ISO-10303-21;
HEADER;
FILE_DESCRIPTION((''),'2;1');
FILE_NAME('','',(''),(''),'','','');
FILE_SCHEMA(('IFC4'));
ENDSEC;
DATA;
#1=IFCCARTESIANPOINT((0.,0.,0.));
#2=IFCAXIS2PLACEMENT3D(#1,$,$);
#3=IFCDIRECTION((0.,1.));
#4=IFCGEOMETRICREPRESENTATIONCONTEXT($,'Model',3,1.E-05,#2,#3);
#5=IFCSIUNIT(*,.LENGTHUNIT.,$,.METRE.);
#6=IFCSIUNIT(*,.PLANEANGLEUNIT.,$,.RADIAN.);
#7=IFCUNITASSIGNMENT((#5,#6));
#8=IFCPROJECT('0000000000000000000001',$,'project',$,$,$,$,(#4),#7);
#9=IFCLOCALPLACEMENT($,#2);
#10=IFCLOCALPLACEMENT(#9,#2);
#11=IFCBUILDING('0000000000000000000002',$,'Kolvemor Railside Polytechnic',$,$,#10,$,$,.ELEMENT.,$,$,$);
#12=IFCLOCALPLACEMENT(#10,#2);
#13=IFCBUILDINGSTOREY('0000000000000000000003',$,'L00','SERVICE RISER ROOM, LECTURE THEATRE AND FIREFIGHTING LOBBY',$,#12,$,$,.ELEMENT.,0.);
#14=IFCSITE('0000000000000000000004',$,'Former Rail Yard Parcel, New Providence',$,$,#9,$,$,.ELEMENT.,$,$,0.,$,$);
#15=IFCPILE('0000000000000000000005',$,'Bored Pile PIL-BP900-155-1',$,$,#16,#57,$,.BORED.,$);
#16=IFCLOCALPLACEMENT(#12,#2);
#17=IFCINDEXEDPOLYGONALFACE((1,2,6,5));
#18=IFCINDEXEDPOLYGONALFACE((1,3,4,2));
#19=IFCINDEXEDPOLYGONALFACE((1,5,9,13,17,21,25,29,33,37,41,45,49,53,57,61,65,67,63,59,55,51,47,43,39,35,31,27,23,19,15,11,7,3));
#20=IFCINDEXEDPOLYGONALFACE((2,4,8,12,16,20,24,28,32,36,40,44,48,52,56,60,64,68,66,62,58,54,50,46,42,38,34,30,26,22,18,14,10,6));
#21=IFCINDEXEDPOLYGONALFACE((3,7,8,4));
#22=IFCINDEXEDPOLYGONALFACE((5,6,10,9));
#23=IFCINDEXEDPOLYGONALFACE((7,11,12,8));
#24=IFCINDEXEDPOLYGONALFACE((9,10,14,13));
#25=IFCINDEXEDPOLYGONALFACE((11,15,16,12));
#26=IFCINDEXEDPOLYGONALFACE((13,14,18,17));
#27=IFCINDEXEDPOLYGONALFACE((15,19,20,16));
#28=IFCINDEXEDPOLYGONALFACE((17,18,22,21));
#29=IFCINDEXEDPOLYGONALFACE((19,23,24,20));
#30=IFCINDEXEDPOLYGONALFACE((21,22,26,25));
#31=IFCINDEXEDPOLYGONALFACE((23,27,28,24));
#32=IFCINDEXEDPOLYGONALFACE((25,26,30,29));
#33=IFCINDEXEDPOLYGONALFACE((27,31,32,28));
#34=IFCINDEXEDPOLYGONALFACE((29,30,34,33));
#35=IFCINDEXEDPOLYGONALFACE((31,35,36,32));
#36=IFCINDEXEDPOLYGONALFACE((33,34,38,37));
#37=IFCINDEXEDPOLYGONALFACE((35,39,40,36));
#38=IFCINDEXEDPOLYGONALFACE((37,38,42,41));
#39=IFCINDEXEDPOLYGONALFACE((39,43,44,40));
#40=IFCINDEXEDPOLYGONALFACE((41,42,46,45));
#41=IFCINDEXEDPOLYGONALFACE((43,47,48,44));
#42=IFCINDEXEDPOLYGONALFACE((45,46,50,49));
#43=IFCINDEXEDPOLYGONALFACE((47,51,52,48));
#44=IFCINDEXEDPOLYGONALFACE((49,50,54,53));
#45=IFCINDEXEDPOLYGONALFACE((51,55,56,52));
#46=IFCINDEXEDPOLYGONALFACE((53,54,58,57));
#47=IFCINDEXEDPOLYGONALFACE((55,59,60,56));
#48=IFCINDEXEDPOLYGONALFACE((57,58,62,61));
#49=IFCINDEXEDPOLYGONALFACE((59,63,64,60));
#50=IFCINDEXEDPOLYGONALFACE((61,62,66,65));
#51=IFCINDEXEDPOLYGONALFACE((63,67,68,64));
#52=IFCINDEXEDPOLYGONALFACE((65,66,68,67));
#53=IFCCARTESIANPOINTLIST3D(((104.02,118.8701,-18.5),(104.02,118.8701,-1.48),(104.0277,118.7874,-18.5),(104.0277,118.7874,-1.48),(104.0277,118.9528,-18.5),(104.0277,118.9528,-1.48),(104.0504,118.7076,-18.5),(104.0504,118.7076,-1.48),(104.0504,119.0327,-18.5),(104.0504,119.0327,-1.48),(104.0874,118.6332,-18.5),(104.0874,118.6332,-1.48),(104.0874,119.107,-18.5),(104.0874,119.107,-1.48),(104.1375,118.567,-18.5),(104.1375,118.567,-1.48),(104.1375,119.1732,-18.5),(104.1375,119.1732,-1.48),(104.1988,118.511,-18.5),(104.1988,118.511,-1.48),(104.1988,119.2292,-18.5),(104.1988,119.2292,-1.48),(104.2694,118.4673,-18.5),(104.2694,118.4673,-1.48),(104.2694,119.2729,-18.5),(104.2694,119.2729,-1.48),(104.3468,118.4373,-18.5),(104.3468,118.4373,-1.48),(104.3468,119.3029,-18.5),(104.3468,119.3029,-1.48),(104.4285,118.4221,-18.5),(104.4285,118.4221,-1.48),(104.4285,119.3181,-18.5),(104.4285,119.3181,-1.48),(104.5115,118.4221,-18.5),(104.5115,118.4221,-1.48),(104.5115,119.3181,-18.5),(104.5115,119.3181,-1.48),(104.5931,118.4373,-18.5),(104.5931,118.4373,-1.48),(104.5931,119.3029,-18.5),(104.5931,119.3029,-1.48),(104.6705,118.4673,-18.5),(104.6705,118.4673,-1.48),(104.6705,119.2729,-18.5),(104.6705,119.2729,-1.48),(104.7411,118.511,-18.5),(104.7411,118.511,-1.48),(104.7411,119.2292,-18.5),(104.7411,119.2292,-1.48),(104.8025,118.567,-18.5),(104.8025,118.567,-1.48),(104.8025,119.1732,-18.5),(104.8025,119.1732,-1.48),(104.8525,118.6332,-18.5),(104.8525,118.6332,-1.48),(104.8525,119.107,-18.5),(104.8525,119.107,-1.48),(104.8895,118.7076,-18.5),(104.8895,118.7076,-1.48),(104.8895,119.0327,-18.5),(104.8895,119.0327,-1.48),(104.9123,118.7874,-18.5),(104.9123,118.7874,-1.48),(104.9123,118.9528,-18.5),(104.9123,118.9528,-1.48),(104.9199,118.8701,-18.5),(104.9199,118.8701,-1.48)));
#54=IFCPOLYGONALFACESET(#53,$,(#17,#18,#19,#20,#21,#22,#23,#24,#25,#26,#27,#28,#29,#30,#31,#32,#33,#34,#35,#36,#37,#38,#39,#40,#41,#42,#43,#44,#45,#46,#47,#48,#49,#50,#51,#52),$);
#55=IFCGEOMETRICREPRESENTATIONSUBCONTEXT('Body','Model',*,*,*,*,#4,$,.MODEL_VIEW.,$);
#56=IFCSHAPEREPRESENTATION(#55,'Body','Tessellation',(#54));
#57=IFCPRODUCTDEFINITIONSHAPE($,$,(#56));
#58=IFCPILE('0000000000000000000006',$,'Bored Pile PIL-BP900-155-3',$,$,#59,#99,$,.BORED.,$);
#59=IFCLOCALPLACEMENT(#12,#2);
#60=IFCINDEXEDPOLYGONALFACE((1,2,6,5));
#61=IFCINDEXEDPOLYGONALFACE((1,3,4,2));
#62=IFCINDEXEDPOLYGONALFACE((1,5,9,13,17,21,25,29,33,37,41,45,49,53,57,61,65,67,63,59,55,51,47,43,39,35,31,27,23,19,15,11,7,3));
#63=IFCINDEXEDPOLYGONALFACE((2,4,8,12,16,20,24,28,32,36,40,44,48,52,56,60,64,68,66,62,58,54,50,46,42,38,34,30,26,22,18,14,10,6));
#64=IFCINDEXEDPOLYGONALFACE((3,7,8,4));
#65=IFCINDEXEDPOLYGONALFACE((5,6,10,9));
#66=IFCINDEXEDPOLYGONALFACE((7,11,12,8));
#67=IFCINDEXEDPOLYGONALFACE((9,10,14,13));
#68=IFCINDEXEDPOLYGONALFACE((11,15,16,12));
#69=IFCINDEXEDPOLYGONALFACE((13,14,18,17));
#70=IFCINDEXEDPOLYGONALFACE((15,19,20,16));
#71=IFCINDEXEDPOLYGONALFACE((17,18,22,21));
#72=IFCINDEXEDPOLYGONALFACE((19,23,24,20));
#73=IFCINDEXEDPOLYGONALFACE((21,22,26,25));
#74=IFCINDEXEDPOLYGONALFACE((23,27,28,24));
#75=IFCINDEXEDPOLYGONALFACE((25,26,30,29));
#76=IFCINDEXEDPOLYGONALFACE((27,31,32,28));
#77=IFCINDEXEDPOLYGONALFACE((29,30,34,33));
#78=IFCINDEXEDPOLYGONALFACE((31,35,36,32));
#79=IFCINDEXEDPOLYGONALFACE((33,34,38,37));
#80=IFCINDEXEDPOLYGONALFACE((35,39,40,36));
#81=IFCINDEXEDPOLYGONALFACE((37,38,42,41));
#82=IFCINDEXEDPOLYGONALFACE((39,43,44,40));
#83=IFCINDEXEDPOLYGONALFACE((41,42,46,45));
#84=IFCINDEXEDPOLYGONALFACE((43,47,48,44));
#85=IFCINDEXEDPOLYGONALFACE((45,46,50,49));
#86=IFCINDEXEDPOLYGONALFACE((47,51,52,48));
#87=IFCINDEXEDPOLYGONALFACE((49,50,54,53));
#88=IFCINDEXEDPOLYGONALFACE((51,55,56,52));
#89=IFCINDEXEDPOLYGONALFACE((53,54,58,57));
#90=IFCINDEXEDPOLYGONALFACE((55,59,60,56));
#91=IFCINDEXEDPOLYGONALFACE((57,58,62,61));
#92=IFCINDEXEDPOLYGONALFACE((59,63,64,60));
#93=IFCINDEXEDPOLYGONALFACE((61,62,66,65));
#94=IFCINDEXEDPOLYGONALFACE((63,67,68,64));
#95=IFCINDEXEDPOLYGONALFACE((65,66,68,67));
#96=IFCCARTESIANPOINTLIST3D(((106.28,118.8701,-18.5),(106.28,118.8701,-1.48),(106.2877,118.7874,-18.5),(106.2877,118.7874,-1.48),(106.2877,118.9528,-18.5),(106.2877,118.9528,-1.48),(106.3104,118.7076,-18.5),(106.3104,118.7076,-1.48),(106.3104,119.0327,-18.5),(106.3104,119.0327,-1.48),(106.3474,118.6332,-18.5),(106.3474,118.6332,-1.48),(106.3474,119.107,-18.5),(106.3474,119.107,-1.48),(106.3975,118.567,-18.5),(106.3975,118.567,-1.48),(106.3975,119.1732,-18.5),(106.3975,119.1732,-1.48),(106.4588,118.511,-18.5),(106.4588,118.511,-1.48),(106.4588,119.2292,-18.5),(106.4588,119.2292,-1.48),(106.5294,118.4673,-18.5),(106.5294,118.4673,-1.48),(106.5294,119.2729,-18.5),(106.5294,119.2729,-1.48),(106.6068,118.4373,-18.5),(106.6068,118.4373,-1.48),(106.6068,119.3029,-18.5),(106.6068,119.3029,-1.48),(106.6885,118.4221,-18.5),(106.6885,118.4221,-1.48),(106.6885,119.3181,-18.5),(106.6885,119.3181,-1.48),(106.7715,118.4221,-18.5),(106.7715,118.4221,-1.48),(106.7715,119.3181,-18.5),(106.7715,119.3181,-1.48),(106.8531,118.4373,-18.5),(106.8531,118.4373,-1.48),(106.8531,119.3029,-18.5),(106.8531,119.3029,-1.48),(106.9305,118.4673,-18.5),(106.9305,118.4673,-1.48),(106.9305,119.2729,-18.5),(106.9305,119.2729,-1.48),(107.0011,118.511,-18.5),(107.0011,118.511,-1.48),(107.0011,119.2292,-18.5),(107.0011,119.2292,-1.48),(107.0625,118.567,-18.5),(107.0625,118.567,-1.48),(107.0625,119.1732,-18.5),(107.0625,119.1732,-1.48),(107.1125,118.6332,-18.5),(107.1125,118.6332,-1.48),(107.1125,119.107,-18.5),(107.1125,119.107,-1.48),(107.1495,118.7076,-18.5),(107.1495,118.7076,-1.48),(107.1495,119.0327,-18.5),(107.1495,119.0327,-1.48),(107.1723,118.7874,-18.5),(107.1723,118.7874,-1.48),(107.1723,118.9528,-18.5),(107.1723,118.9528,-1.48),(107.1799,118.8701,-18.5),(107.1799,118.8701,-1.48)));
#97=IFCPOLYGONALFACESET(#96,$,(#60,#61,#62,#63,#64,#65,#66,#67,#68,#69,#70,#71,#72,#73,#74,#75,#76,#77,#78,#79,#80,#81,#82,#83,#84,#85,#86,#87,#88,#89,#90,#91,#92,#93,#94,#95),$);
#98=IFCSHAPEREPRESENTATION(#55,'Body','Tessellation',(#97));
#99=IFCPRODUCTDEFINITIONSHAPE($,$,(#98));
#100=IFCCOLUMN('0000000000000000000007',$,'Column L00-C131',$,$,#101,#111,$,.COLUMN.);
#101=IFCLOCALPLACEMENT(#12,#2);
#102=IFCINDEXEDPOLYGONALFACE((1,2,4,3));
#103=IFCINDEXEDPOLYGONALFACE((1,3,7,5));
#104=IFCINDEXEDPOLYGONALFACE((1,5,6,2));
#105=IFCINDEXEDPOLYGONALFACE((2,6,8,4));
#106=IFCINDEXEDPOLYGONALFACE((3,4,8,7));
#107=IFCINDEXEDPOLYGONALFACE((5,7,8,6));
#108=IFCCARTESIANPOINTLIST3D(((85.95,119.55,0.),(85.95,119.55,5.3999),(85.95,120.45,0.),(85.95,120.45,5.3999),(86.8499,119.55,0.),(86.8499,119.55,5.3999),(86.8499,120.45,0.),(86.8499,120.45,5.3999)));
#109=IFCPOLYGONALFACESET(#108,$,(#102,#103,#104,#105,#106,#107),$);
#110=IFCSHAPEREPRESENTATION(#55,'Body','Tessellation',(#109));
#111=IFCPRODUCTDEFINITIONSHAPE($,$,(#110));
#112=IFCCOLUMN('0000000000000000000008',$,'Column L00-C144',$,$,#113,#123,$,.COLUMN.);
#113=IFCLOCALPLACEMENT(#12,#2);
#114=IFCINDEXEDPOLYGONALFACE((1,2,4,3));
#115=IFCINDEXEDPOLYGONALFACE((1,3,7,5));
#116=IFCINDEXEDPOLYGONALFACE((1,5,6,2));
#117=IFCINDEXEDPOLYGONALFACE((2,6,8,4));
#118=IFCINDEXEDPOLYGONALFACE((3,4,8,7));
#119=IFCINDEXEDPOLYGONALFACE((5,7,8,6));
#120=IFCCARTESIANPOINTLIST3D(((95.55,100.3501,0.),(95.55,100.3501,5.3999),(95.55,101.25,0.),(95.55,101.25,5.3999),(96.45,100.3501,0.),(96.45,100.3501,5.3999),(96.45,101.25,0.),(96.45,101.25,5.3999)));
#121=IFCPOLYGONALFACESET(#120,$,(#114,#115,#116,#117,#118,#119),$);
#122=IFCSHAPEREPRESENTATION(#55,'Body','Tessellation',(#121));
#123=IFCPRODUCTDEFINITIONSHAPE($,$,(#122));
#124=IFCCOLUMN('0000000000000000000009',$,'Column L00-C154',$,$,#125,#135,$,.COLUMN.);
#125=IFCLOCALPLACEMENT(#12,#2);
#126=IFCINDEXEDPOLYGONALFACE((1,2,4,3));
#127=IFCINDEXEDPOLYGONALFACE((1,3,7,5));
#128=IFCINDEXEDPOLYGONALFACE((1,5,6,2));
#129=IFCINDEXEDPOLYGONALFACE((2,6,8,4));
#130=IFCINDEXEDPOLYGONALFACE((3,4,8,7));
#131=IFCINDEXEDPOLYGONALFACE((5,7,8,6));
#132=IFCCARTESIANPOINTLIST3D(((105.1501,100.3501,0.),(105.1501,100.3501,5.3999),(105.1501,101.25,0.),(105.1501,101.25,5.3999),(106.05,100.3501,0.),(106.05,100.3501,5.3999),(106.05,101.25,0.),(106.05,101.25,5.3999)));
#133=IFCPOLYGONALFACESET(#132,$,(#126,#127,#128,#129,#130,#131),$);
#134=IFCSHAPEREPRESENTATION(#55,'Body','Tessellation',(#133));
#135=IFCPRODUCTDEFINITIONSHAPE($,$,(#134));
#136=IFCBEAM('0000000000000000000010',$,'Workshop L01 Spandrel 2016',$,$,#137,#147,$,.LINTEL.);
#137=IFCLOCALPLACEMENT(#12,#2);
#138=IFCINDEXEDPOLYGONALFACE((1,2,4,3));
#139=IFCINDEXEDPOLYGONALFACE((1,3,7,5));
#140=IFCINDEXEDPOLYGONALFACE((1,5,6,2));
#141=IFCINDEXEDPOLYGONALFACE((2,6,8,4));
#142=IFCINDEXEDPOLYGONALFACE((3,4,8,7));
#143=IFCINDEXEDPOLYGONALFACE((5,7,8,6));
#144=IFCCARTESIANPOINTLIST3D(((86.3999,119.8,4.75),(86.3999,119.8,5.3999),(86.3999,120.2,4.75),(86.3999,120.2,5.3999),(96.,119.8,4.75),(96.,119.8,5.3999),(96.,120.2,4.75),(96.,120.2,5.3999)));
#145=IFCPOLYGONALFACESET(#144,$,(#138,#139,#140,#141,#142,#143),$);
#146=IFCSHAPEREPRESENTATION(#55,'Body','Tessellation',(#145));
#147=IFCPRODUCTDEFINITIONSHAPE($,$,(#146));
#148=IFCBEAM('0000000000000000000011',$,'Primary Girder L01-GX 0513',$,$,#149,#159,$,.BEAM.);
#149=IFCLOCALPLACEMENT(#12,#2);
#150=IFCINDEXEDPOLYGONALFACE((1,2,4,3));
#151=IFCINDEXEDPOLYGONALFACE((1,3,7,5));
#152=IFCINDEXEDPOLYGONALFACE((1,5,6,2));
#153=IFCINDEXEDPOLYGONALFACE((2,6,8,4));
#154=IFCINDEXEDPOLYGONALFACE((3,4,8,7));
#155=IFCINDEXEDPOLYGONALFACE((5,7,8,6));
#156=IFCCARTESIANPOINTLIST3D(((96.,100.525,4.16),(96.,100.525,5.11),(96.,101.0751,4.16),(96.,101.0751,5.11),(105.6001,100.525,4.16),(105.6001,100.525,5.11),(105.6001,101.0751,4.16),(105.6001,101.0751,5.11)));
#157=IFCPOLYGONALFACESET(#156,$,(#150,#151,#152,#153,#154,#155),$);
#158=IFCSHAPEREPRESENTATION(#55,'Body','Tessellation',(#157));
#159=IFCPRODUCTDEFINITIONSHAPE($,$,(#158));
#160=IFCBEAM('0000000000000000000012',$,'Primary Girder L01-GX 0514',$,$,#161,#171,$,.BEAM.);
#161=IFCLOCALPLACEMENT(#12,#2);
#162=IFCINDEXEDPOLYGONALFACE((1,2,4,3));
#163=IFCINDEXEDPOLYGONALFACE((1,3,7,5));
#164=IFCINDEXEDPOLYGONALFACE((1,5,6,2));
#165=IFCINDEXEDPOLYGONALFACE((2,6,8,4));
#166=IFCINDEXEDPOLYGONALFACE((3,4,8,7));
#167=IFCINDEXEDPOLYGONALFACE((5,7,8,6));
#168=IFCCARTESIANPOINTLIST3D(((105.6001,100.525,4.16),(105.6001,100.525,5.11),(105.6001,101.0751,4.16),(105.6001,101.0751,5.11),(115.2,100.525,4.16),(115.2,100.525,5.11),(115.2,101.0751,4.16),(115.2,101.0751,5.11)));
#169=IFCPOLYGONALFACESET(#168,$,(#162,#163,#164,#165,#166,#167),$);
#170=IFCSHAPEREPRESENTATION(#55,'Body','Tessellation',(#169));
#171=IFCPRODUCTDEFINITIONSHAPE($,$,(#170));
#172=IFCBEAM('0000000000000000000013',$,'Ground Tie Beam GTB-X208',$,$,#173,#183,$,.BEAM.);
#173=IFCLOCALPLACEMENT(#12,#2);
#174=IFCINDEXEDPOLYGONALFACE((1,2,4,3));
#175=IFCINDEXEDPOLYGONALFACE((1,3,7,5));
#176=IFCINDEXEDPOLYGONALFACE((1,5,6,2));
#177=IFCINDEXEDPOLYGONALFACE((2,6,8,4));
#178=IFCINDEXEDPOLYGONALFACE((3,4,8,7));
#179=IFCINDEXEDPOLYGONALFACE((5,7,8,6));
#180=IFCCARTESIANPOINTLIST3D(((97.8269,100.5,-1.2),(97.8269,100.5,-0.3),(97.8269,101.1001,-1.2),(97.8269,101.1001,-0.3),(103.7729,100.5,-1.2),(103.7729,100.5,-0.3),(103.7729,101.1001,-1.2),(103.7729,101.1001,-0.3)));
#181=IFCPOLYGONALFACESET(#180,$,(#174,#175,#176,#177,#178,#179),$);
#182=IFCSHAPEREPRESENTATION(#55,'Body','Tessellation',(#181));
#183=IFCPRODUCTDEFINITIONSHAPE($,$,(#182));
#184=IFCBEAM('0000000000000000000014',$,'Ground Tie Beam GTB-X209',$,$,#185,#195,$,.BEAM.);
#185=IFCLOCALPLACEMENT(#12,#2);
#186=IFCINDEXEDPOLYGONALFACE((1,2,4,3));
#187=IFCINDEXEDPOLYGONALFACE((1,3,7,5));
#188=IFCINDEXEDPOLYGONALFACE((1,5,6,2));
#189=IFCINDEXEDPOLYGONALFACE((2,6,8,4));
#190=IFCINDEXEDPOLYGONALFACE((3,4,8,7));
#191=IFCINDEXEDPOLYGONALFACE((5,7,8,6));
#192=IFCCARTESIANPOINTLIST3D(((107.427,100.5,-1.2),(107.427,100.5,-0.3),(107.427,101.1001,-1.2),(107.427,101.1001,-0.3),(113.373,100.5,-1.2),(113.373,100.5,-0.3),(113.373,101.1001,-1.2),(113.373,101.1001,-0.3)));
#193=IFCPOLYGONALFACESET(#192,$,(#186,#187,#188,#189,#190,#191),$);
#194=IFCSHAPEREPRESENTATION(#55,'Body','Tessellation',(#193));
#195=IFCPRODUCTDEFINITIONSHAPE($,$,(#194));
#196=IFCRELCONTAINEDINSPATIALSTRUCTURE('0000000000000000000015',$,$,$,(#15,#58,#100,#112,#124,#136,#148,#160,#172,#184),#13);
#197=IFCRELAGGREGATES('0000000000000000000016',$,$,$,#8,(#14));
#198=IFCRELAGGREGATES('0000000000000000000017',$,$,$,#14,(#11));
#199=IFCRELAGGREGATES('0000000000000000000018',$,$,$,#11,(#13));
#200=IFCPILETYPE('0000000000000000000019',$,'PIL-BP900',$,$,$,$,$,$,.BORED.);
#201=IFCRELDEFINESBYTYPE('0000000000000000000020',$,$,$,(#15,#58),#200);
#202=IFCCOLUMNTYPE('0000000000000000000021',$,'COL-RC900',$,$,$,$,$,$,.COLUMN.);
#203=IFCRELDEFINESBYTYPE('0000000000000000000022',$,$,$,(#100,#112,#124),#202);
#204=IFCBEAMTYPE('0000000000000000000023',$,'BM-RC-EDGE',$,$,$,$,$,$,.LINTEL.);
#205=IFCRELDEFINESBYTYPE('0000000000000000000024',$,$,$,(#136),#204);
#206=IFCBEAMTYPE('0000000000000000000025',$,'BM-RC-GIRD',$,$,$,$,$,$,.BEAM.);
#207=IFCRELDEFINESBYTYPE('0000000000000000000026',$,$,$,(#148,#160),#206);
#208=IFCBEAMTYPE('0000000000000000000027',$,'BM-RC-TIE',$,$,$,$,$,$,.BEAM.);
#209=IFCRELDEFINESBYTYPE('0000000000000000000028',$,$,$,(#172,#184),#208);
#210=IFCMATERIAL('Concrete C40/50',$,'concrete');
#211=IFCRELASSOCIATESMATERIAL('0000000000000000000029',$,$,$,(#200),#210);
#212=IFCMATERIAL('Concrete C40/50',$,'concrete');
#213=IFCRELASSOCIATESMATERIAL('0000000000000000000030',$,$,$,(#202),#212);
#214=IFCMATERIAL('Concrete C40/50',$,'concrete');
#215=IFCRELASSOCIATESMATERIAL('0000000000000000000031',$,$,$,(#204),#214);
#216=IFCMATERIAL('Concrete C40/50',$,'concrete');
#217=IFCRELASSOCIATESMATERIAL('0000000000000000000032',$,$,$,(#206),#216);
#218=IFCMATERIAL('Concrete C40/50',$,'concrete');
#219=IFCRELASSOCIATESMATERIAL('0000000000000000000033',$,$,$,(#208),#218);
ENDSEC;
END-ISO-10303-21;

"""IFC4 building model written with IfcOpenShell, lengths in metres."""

from ifc_helpers import new_model, si_unit, direction, frame, origin, origin_2d, place, context, subcontext, project, spatial, rectangle, circle, extrude, material, material_profile, profile_set, type_object, element, save


model = new_model("IFC4")

# Units and contexts
model_context = context("Model", 3, precision=1e-05, world=origin(), true_north=direction((0.0, 1.0)))
body_context = subcontext(model_context, "Body", "Model", "MODEL_VIEW")
ifc_project = project(units=[si_unit("LENGTHUNIT", "METRE"), si_unit("PLANEANGLEUNIT", "RADIAN")], contexts=[model_context])

# Site, building, storey
site_placement = place(None, origin())
site = spatial("IfcSite", under=ifc_project, at=site_placement, Name="Former Rail Yard Parcel, New Providence", CompositionType="ELEMENT", RefElevation=0.0)
building_placement = place(site_placement, origin())
building = spatial("IfcBuilding", under=site, at=building_placement, Name="Kolvemor Railside Polytechnic", CompositionType="ELEMENT")
storey_placement = place(building_placement, origin())
storey = spatial("IfcBuildingStorey", under=building, at=storey_placement, Name="L00", Description="SERVICE RISER ROOM, LECTURE THEATRE AND FIREFIGHTING LOBBY", CompositionType="ELEMENT", Elevation=0.0)

# Piles
ifc_material_1 = material(Name="Concrete C40/50", Category="concrete")
ifc_material_profile_1 = material_profile(ifc_material_1, circle(Radius=0.45, at=origin_2d()), Name="BP900")
ifc_profile_set_1 = profile_set([ifc_material_profile_1], Name="Concrete C40/50")
pile_type_1 = type_object("IfcPileType", Name="PIL-BP900", PredefinedType="BORED", material=ifc_profile_set_1)
for number, where, z_axis, x_axis, name in (
    (1, (104.47, 118.8701, -1.48), (0.0, 0.0, -1.0), (1.0, 0.0, 0.0), "Bored Pile PIL-BP900-155-1"),
    (2, (106.73, 118.8701, -1.48), (0.0, 0.0, -1.0), (1.0, 0.0, 0.0), "Bored Pile PIL-BP900-155-3"),
):
    element("IfcPile", number, at=place(storey_placement, frame(where, z_axis=z_axis, x_axis=x_axis)), inside=storey, type_object=pile_type_1, Name=name, PredefinedType="BORED", context=body_context, shape_type="SweptSolid", body=[
        extrude(circle(Radius=0.45, at=origin_2d()), origin(), (0.0, 0.0, 1.0), 17.02),
    ])

# Columns
ifc_material_2 = material(Name="Concrete C40/50", Category="concrete")
ifc_material_profile_2 = material_profile(ifc_material_2, rectangle(XDim=0.8999, YDim=0.8999, at=origin_2d()), Name="RC900x900")
ifc_profile_set_2 = profile_set([ifc_material_profile_2], Name="Concrete C40/50")
column_type = type_object("IfcColumnType", Name="COL-RC900", PredefinedType="COLUMN", material=ifc_profile_set_2)
for number, where, z_axis, x_axis, name in (
    (3, (86.3999, 120.0, 0.0), (0.0, 0.0, 1.0), (1.0, 0.0, 0.0), "Column L00-C131"),
    (4, (96.0, 100.8, 0.0), (0.0, 0.0, 1.0), (1.0, 0.0, 0.0), "Column L00-C144"),
    (5, (105.6001, 100.8, 0.0), (0.0, 0.0, 1.0), (1.0, 0.0, 0.0), "Column L00-C154"),
):
    element("IfcColumn", number, at=place(storey_placement, frame(where, z_axis=z_axis, x_axis=x_axis)), inside=storey, type_object=column_type, Name=name, PredefinedType="COLUMN", context=body_context, shape_type="SweptSolid", body=[
        extrude(rectangle(XDim=0.8999, YDim=0.8999, at=origin_2d()), origin(), (0.0, 0.0, 1.0), 5.3999),
    ])

# Beams
ifc_material_3 = material(Name="Concrete C40/50", Category="concrete")
ifc_material_profile_3 = material_profile(ifc_material_3, rectangle(XDim=0.3999, YDim=0.6499, at=origin_2d()), Name="RC400x650")
ifc_profile_set_3 = profile_set([ifc_material_profile_3], Name="Concrete C40/50")
beam_type_1 = type_object("IfcBeamType", Name="BM-RC-EDGE", PredefinedType="LINTEL", material=ifc_profile_set_3)
beam_1_placement = place(storey_placement, frame((86.3999, 120.0, 5.075), z_axis=(1.0, 0.0, 0.0), x_axis=(0.0, 1.0, 0.0)))
element("IfcBeam", 6, at=beam_1_placement, inside=storey, type_object=beam_type_1, Name="Workshop L01 Spandrel 2016", PredefinedType="LINTEL", context=body_context, shape_type="SweptSolid", body=[
    extrude(rectangle(XDim=0.3999, YDim=0.6499, at=origin_2d()), origin(), (0.0, 0.0, 1.0), 9.6001),
])
ifc_material_4 = material(Name="Concrete C40/50", Category="concrete")
ifc_material_profile_4 = material_profile(ifc_material_4, rectangle(XDim=0.55, YDim=0.95, at=origin_2d()), Name="RC550x950")
ifc_profile_set_4 = profile_set([ifc_material_profile_4], Name="Concrete C40/50")
beam_type_2 = type_object("IfcBeamType", Name="BM-RC-GIRD", PredefinedType="BEAM", material=ifc_profile_set_4)
beam_2_placement = place(storey_placement, frame((96.0, 100.8, 4.635), z_axis=(1.0, 0.0, 0.0), x_axis=(0.0, 1.0, 0.0)))
element("IfcBeam", 7, at=beam_2_placement, inside=storey, type_object=beam_type_2, Name="Primary Girder L01-GX 0513", PredefinedType="BEAM", context=body_context, shape_type="SweptSolid", body=[
    extrude(rectangle(XDim=0.55, YDim=0.95, at=origin_2d()), origin(), (0.0, 0.0, 1.0), 9.6001),
])
beam_3_placement = place(storey_placement, frame((105.6001, 100.8, 4.635), z_axis=(1.0, 0.0, 0.0), x_axis=(0.0, 1.0, 0.0)))
element("IfcBeam", 8, at=beam_3_placement, inside=storey, type_object=beam_type_2, Name="Primary Girder L01-GX 0514", PredefinedType="BEAM", context=body_context, shape_type="SweptSolid", body=[
    extrude(rectangle(XDim=0.55, YDim=0.95, at=origin_2d()), origin(), (0.0, 0.0, 1.0), 9.5999),
])
ifc_material_5 = material(Name="Concrete C40/50", Category="concrete")
ifc_material_profile_5 = material_profile(ifc_material_5, rectangle(XDim=0.6001, YDim=0.8999, at=origin_2d()), Name="RC600x900")
ifc_profile_set_5 = profile_set([ifc_material_profile_5], Name="Concrete C40/50")
beam_type_3 = type_object("IfcBeamType", Name="BM-RC-TIE", PredefinedType="BEAM", material=ifc_profile_set_5)
for number, where, z_axis, x_axis, name in (
    (9, (97.8269, 100.8, -0.75), (1.0, 0.0, 0.0), (0.0, 1.0, 0.0), "Ground Tie Beam GTB-X208"),
    (10, (107.427, 100.8, -0.75), (1.0, 0.0, 0.0), (0.0, 1.0, 0.0), "Ground Tie Beam GTB-X209"),
):
    element("IfcBeam", number, at=place(storey_placement, frame(where, z_axis=z_axis, x_axis=x_axis)), inside=storey, type_object=beam_type_3, Name=name, PredefinedType="BEAM", context=body_context, shape_type="SweptSolid", body=[
        extrude(rectangle(XDim=0.6001, YDim=0.8999, at=origin_2d()), origin(), (0.0, 0.0, 1.0), 5.946),
    ])

save(model, "model.ifc")
